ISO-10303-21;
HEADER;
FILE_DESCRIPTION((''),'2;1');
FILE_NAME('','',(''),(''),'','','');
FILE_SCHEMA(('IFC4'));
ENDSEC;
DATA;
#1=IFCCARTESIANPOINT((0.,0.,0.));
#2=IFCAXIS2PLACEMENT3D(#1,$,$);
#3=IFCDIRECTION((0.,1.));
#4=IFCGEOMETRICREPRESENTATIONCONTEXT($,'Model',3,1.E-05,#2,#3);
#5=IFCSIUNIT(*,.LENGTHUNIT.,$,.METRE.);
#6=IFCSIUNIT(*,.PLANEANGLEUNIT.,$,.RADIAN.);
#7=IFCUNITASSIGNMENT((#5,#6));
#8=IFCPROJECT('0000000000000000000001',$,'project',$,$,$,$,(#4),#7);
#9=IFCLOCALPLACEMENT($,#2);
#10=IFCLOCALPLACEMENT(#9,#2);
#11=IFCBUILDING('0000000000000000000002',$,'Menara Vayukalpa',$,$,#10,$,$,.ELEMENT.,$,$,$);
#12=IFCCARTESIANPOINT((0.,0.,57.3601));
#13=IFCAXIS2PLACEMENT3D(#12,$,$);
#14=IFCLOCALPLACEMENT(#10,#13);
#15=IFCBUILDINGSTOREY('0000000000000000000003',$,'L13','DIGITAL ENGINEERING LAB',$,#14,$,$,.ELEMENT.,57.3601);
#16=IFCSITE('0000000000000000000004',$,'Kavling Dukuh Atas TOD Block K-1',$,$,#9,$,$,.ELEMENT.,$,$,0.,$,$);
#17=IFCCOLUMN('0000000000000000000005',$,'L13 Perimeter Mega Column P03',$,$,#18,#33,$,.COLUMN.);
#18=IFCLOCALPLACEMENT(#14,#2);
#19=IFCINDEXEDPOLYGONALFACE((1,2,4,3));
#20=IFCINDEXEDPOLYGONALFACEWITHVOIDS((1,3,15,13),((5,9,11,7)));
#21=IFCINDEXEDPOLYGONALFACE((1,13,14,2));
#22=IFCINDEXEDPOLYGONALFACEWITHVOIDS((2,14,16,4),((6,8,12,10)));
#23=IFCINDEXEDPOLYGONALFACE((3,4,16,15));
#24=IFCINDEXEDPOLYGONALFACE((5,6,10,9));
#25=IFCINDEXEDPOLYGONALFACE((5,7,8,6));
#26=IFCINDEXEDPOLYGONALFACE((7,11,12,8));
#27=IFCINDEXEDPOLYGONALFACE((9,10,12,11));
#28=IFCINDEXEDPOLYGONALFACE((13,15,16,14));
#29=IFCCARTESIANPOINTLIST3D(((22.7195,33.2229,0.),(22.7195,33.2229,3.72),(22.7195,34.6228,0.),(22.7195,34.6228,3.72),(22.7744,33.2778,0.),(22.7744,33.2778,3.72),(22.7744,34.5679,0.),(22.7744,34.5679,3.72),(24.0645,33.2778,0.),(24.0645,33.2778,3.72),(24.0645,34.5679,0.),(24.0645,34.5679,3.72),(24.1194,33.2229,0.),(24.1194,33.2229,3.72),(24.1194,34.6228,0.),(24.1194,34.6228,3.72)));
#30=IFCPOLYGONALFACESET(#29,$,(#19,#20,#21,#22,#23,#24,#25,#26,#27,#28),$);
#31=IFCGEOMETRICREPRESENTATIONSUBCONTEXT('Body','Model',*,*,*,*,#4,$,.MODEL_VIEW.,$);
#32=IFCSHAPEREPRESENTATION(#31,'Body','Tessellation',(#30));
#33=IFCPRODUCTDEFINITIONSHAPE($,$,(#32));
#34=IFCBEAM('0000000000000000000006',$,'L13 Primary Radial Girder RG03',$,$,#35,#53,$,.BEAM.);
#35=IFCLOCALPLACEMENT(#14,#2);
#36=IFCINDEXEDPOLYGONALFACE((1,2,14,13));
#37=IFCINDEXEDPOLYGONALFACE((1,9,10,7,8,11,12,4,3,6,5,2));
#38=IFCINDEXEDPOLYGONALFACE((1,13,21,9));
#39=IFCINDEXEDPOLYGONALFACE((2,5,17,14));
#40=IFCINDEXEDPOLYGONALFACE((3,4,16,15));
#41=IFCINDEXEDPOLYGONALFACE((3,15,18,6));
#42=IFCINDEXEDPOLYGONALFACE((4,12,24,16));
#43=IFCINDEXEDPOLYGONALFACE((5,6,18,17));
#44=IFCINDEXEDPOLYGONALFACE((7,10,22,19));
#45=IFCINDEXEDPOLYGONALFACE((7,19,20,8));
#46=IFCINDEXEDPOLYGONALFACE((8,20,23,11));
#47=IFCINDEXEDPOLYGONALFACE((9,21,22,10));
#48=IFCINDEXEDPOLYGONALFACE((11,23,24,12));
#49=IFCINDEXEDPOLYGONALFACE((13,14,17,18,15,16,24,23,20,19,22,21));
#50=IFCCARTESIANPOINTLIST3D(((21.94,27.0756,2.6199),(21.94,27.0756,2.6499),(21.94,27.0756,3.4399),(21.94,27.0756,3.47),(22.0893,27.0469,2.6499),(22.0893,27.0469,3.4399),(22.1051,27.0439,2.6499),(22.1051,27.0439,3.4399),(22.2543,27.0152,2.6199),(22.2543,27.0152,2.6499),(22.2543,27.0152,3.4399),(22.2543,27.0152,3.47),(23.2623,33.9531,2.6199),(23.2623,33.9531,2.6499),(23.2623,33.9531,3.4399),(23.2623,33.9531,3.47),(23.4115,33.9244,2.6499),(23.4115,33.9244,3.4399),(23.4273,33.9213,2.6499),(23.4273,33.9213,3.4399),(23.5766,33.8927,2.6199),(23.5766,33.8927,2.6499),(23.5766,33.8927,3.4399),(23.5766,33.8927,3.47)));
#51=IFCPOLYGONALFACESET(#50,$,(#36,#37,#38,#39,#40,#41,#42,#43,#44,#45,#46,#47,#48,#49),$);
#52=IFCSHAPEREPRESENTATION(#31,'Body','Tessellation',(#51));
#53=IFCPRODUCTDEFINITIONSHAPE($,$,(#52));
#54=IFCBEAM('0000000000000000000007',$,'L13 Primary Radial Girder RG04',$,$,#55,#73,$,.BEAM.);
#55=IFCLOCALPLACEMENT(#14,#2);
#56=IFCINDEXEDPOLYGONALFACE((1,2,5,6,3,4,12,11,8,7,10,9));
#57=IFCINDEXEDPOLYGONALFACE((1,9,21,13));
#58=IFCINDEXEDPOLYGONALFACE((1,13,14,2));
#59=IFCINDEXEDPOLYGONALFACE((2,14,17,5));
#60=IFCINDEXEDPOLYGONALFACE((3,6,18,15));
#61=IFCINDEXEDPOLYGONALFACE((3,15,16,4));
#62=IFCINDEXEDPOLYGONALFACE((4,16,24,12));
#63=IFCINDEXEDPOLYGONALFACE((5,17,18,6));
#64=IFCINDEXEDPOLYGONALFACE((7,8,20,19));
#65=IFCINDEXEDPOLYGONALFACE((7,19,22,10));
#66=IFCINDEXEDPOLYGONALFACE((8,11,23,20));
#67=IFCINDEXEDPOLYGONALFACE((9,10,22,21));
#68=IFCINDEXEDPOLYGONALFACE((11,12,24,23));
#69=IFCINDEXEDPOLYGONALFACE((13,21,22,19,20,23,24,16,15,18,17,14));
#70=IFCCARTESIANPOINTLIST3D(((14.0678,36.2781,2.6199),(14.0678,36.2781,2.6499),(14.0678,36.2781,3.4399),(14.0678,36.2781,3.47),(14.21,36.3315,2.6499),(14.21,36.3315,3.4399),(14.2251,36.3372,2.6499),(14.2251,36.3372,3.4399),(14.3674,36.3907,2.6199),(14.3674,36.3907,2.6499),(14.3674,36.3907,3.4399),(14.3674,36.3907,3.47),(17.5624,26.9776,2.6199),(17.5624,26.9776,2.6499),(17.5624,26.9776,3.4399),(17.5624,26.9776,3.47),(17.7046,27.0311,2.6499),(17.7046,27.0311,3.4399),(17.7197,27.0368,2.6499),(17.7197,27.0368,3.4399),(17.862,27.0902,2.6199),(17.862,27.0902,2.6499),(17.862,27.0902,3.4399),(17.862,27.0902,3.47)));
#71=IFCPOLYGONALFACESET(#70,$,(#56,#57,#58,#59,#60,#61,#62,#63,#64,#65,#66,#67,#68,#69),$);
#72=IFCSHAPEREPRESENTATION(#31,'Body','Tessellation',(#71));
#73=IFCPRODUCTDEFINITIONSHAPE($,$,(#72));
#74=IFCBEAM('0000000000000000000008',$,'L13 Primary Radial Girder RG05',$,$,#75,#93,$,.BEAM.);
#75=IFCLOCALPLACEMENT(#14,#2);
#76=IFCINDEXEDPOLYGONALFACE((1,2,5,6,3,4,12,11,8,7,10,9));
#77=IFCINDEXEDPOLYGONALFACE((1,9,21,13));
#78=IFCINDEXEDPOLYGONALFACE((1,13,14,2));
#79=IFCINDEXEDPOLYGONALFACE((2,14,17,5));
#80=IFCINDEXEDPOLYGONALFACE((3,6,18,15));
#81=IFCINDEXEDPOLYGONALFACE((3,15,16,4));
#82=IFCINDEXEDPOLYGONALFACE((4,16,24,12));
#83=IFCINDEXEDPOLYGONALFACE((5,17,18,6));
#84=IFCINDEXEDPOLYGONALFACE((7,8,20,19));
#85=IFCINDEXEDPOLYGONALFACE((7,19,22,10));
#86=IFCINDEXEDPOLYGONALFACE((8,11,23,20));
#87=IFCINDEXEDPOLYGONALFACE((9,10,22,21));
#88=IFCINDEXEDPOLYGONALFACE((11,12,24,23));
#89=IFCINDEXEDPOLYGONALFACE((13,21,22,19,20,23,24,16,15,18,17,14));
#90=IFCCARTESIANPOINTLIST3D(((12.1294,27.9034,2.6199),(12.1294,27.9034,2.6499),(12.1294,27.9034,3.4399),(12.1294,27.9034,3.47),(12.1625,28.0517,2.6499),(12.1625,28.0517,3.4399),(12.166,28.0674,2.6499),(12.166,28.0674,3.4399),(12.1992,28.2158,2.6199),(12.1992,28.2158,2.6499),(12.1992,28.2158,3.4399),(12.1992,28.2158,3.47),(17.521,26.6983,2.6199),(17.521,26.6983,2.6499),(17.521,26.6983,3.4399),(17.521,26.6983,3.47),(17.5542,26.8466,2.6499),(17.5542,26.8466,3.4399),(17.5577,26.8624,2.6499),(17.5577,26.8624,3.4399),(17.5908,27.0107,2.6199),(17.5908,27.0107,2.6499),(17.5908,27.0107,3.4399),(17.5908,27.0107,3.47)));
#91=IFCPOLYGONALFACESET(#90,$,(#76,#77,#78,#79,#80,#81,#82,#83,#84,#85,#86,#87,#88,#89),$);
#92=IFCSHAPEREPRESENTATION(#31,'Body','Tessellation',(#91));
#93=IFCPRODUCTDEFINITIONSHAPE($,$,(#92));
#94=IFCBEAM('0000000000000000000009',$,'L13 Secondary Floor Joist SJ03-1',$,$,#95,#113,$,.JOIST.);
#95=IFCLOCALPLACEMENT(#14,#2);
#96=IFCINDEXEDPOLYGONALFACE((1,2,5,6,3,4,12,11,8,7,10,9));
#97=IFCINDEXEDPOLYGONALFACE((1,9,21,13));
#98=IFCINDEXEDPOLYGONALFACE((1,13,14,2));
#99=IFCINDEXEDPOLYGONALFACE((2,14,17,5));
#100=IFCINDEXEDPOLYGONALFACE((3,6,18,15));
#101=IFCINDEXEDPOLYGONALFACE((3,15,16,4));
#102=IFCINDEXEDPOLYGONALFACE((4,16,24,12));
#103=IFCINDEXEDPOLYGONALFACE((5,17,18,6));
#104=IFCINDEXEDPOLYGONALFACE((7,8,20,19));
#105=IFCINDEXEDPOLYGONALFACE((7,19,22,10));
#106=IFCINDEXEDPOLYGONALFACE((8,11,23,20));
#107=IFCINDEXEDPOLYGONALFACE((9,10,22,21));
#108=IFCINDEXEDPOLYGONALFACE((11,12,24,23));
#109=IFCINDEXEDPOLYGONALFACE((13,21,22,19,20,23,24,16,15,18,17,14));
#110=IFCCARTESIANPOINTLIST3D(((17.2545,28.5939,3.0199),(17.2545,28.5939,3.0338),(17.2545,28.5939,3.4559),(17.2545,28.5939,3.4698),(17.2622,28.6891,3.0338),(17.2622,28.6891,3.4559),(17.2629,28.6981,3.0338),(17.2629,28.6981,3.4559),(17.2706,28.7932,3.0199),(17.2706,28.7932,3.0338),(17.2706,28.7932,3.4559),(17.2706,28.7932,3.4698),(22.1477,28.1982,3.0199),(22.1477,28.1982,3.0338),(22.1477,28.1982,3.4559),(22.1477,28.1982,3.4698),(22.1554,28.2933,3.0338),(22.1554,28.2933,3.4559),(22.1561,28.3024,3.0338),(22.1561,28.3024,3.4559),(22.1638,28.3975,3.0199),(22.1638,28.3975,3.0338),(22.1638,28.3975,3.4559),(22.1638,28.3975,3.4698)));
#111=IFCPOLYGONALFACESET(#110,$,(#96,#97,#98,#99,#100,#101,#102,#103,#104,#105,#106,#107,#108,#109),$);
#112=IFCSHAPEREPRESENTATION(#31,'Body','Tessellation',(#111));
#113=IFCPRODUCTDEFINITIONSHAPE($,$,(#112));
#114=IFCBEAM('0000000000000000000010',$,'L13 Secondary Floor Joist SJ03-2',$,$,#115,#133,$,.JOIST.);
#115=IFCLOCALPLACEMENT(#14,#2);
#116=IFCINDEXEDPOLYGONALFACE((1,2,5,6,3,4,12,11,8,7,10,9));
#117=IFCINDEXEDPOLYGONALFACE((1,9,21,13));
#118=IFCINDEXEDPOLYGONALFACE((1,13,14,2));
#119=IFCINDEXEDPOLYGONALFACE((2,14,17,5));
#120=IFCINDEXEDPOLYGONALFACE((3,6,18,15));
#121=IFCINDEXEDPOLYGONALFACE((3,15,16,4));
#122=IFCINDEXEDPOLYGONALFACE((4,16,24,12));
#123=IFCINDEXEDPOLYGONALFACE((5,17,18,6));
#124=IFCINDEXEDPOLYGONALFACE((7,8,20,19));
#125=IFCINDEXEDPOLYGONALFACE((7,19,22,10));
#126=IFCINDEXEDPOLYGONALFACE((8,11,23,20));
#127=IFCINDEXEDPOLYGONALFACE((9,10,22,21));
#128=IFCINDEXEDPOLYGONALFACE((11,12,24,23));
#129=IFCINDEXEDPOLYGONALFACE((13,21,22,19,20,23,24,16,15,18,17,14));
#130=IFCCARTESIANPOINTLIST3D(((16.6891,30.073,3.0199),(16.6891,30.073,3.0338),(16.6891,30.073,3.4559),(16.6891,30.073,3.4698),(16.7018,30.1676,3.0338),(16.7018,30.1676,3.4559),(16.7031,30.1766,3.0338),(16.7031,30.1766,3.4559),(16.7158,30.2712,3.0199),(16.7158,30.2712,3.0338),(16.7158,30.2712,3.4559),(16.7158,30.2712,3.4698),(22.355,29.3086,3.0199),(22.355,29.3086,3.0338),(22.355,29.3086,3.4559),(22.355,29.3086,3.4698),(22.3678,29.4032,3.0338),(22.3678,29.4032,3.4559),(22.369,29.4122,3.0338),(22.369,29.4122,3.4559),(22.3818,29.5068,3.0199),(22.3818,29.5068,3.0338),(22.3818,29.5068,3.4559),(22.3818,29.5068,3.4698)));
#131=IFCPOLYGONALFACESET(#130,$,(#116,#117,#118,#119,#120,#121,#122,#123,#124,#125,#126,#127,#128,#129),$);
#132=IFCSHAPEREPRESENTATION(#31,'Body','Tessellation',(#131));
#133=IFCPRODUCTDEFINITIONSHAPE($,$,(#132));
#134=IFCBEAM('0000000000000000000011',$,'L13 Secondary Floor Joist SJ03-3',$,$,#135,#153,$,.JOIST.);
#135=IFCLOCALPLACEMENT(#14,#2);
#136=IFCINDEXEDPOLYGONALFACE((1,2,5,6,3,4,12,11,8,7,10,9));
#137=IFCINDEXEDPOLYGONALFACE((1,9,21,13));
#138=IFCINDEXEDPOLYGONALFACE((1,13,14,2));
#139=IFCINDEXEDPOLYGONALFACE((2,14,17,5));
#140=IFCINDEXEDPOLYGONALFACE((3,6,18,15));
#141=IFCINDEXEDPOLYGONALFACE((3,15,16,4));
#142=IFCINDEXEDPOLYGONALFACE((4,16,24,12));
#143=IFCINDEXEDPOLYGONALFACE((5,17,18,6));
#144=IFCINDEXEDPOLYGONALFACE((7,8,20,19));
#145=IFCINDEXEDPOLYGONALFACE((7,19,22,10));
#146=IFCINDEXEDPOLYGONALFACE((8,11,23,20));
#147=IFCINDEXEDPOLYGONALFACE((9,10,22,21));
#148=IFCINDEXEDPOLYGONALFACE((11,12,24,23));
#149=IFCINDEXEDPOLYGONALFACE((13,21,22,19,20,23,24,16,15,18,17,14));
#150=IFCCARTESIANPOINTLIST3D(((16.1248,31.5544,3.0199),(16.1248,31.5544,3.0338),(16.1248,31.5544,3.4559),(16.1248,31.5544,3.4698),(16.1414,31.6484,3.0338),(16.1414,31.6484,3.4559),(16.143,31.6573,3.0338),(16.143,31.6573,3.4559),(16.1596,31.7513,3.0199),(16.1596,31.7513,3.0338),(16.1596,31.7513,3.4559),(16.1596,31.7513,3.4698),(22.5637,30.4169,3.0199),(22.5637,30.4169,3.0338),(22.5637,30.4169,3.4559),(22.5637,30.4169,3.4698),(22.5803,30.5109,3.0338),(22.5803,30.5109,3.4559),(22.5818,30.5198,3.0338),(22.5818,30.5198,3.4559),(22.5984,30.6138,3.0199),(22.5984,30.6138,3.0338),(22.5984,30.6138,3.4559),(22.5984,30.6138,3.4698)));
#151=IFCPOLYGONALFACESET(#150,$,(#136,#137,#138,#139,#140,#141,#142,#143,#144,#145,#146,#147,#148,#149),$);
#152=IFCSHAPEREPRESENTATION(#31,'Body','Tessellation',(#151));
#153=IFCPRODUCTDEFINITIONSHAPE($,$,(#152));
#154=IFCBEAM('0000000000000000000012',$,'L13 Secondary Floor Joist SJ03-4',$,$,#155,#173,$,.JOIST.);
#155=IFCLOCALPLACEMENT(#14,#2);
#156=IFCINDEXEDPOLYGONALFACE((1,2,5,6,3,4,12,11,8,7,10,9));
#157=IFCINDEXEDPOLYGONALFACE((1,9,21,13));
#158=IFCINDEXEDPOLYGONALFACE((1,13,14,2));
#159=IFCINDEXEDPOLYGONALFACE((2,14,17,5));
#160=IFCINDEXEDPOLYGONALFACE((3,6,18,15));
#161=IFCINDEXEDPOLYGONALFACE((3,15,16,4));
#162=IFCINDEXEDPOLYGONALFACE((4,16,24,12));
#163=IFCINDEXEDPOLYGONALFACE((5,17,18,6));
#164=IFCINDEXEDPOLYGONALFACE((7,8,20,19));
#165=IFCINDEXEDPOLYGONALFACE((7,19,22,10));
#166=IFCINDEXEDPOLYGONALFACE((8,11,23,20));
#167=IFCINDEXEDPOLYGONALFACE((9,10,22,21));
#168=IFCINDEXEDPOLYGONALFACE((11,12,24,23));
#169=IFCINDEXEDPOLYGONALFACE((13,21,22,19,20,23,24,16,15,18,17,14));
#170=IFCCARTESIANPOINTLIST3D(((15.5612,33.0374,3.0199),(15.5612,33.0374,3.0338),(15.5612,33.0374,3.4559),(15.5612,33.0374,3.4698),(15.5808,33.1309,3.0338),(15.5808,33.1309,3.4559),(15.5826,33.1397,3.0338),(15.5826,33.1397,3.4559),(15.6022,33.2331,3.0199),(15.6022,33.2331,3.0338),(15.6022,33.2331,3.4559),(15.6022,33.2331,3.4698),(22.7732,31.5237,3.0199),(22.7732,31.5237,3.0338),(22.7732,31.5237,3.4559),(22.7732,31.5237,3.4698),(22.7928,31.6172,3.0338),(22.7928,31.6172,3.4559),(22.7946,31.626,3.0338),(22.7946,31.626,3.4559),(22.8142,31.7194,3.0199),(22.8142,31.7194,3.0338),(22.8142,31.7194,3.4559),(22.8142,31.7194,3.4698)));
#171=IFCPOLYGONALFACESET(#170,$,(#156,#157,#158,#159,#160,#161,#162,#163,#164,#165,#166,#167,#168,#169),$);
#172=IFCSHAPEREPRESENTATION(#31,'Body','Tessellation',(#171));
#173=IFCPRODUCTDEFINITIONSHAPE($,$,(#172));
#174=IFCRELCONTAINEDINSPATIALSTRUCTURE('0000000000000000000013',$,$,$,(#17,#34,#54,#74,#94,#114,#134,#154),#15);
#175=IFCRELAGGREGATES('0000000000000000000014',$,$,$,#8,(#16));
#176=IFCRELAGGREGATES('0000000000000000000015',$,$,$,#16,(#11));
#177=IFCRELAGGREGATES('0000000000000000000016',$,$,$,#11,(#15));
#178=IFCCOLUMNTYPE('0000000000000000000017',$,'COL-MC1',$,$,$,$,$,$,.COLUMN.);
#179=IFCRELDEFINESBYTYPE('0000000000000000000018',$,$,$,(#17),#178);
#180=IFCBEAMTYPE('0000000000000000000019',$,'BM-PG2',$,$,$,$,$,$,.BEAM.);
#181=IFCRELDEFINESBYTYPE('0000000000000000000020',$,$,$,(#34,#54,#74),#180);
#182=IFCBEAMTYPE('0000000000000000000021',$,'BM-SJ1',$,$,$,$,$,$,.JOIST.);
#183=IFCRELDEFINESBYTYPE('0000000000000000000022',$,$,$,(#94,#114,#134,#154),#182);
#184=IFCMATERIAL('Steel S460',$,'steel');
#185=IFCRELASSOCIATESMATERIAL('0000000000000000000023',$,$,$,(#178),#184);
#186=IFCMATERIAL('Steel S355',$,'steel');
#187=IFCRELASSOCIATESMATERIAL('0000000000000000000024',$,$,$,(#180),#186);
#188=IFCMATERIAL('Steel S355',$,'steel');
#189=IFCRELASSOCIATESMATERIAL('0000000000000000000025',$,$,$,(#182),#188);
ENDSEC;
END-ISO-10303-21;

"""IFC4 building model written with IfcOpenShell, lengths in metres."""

from ifc_helpers import new_model, si_unit, direction, frame, origin, origin_2d, place, context, subcontext, project, spatial, hollow_rectangle, i_section, extrude, material, material_profile, profile_set, type_object, element, save


model = new_model("IFC4")

# Units and contexts
model_context = context("Model", 3, precision=1e-05, world=origin(), true_north=direction((0.0, 1.0)))
body_context = subcontext(model_context, "Body", "Model", "MODEL_VIEW")
ifc_project = project(units=[si_unit("LENGTHUNIT", "METRE"), si_unit("PLANEANGLEUNIT", "RADIAN")], contexts=[model_context])

# Site, building, storey
site_placement = place(None, origin())
site = spatial("IfcSite", under=ifc_project, at=site_placement, Name="Kavling Dukuh Atas TOD Block K-1", CompositionType="ELEMENT", RefElevation=0.0)
building_placement = place(site_placement, origin())
building = spatial("IfcBuilding", under=site, at=building_placement, Name="Menara Vayukalpa", CompositionType="ELEMENT")
storey_placement = place(building_placement, frame((0.0, 0.0, 57.3601)))
storey = spatial("IfcBuildingStorey", under=building, at=storey_placement, Name="L13", Description="DIGITAL ENGINEERING LAB", CompositionType="ELEMENT", Elevation=57.3601)

# Column
ifc_material_1 = material(Name="Steel S460", Category="steel")
ifc_material_profile_1 = material_profile(ifc_material_1, hollow_rectangle(XDim=1.3999, YDim=1.3999, WallThickness=0.0549, at=origin_2d()), Name="BOX 1400x1400x55")
ifc_profile_set_1 = profile_set([ifc_material_profile_1], Name="Steel S460")
column_type = type_object("IfcColumnType", Name="COL-MC1", PredefinedType="COLUMN", material=ifc_profile_set_1)
column_placement = place(storey_placement, frame((23.4194, 33.9229, 0.0), z_axis=(0.0, 0.0, 1.0), x_axis=(1.0, 0.0, 0.0)))
element("IfcColumn", 1, at=column_placement, inside=storey, type_object=column_type, Name="L13 Perimeter Mega Column P03", PredefinedType="COLUMN", context=body_context, shape_type="SweptSolid", body=[
    extrude(hollow_rectangle(XDim=1.3999, YDim=1.3999, WallThickness=0.0549, at=origin_2d()), origin(), (0.0, 0.0, 1.0), 3.72),
])

# Beams
ifc_material_2 = material(Name="Steel S355", Category="steel")
ifc_material_profile_2 = material_profile(ifc_material_2, i_section(OverallWidth=0.3201, OverallDepth=0.8501, WebThickness=0.0161, FlangeThickness=0.03, at=origin_2d()), Name="WF 850x320x16x30")
ifc_profile_set_2 = profile_set([ifc_material_profile_2], Name="Steel S355")
beam_type_1 = type_object("IfcBeamType", Name="BM-PG2", PredefinedType="BEAM", material=ifc_profile_set_2)
beam_1_placement = place(storey_placement, frame((22.0972, 27.0454, 3.0449), z_axis=(0.188803, 0.982015, 0.0), x_axis=(-0.982015, 0.188803, 0.0)))
element("IfcBeam", 2, at=beam_1_placement, inside=storey, type_object=beam_type_1, Name="L13 Primary Radial Girder RG03", PredefinedType="BEAM", context=body_context, shape_type="SweptSolid", body=[
    extrude(i_section(OverallWidth=0.3201, OverallDepth=0.8501, WebThickness=0.0161, FlangeThickness=0.03, at=origin_2d()), origin(), (0.0, 0.0, 1.0), 7.0034),
])
beam_2_placement = place(storey_placement, frame((17.7122, 27.0339, 3.0449), z_axis=(-0.351735, 0.9361, 0.0), x_axis=(-0.9361, -0.351735, 0.0)))
element("IfcBeam", 3, at=beam_2_placement, inside=storey, type_object=beam_type_1, Name="L13 Primary Radial Girder RG04", PredefinedType="BEAM", context=body_context, shape_type="SweptSolid", body=[
    extrude(i_section(OverallWidth=0.3201, OverallDepth=0.8501, WebThickness=0.0161, FlangeThickness=0.03, at=origin_2d()), origin(), (0.0, 0.0, 1.0), 9.9353),
])
beam_3_placement = place(storey_placement, frame((17.5559, 26.8545, 3.0449), z_axis=(-0.97592, 0.218128, 0.0), x_axis=(-0.218128, -0.97592, 0.0)))
element("IfcBeam", 4, at=beam_3_placement, inside=storey, type_object=beam_type_1, Name="L13 Primary Radial Girder RG05", PredefinedType="BEAM", context=body_context, shape_type="SweptSolid", body=[
    extrude(i_section(OverallWidth=0.3201, OverallDepth=0.8501, WebThickness=0.0161, FlangeThickness=0.03, at=origin_2d()), origin(), (0.0, 0.0, 1.0), 5.5247),
])
ifc_material_3 = material(Name="Steel S355", Category="steel")
ifc_material_profile_3 = material_profile(ifc_material_3, i_section(OverallWidth=0.2, OverallDepth=0.45, WebThickness=0.009, FlangeThickness=0.0139, at=origin_2d()), Name="WF 450x200x9x14")
ifc_profile_set_3 = profile_set([ifc_material_profile_3], Name="Steel S355")
beam_type_2 = type_object("IfcBeamType", Name="BM-SJ1", PredefinedType="JOIST", material=ifc_profile_set_3)
beam_4_placement = place(storey_placement, frame((22.1558, 28.2979, 3.2449), z_axis=(-0.996745, 0.080613, 0.0), x_axis=(-0.080613, -0.996745, 0.0)))
element("IfcBeam", 5, at=beam_4_placement, inside=storey, type_object=beam_type_2, Name="L13 Secondary Floor Joist SJ03-1", PredefinedType="JOIST", context=body_context, shape_type="SweptSolid", body=[
    extrude(i_section(OverallWidth=0.2, OverallDepth=0.45, WebThickness=0.009, FlangeThickness=0.0139, at=origin_2d()), origin(), (0.0, 0.0, 1.0), 4.9092),
])
beam_5_placement = place(storey_placement, frame((22.3684, 29.4077, 3.2449), z_axis=(-0.991022, 0.133699, 0.0), x_axis=(-0.133699, -0.991022, 0.0)))
element("IfcBeam", 6, at=beam_5_placement, inside=storey, type_object=beam_type_2, Name="L13 Secondary Floor Joist SJ03-2", PredefinedType="JOIST", context=body_context, shape_type="SweptSolid", body=[
    extrude(i_section(OverallWidth=0.2, OverallDepth=0.45, WebThickness=0.009, FlangeThickness=0.0139, at=origin_2d()), origin(), (0.0, 0.0, 1.0), 5.7173),
])
beam_6_placement = place(storey_placement, frame((22.5811, 30.5154, 3.2449), z_axis=(-0.984753, 0.173958, 0.0), x_axis=(-0.173958, -0.984753, 0.0)))
element("IfcBeam", 7, at=beam_6_placement, inside=storey, type_object=beam_type_2, Name="L13 Secondary Floor Joist SJ03-3", PredefinedType="JOIST", context=body_context, shape_type="SweptSolid", body=[
    extrude(i_section(OverallWidth=0.2, OverallDepth=0.45, WebThickness=0.009, FlangeThickness=0.0139, at=origin_2d()), origin(), (0.0, 0.0, 1.0), 6.5386),
])
beam_7_placement = place(storey_placement, frame((22.7937, 31.6216, 3.2449), z_axis=(-0.978676, 0.205409, 0.0), x_axis=(-0.205409, -0.978676, 0.0)))
element("IfcBeam", 8, at=beam_7_placement, inside=storey, type_object=beam_type_2, Name="L13 Secondary Floor Joist SJ03-4", PredefinedType="JOIST", context=body_context, shape_type="SweptSolid", body=[
    extrude(i_section(OverallWidth=0.2, OverallDepth=0.45, WebThickness=0.009, FlangeThickness=0.0139, at=origin_2d()), origin(), (0.0, 0.0, 1.0), 7.3691),
])

save(model, "model.ifc")
